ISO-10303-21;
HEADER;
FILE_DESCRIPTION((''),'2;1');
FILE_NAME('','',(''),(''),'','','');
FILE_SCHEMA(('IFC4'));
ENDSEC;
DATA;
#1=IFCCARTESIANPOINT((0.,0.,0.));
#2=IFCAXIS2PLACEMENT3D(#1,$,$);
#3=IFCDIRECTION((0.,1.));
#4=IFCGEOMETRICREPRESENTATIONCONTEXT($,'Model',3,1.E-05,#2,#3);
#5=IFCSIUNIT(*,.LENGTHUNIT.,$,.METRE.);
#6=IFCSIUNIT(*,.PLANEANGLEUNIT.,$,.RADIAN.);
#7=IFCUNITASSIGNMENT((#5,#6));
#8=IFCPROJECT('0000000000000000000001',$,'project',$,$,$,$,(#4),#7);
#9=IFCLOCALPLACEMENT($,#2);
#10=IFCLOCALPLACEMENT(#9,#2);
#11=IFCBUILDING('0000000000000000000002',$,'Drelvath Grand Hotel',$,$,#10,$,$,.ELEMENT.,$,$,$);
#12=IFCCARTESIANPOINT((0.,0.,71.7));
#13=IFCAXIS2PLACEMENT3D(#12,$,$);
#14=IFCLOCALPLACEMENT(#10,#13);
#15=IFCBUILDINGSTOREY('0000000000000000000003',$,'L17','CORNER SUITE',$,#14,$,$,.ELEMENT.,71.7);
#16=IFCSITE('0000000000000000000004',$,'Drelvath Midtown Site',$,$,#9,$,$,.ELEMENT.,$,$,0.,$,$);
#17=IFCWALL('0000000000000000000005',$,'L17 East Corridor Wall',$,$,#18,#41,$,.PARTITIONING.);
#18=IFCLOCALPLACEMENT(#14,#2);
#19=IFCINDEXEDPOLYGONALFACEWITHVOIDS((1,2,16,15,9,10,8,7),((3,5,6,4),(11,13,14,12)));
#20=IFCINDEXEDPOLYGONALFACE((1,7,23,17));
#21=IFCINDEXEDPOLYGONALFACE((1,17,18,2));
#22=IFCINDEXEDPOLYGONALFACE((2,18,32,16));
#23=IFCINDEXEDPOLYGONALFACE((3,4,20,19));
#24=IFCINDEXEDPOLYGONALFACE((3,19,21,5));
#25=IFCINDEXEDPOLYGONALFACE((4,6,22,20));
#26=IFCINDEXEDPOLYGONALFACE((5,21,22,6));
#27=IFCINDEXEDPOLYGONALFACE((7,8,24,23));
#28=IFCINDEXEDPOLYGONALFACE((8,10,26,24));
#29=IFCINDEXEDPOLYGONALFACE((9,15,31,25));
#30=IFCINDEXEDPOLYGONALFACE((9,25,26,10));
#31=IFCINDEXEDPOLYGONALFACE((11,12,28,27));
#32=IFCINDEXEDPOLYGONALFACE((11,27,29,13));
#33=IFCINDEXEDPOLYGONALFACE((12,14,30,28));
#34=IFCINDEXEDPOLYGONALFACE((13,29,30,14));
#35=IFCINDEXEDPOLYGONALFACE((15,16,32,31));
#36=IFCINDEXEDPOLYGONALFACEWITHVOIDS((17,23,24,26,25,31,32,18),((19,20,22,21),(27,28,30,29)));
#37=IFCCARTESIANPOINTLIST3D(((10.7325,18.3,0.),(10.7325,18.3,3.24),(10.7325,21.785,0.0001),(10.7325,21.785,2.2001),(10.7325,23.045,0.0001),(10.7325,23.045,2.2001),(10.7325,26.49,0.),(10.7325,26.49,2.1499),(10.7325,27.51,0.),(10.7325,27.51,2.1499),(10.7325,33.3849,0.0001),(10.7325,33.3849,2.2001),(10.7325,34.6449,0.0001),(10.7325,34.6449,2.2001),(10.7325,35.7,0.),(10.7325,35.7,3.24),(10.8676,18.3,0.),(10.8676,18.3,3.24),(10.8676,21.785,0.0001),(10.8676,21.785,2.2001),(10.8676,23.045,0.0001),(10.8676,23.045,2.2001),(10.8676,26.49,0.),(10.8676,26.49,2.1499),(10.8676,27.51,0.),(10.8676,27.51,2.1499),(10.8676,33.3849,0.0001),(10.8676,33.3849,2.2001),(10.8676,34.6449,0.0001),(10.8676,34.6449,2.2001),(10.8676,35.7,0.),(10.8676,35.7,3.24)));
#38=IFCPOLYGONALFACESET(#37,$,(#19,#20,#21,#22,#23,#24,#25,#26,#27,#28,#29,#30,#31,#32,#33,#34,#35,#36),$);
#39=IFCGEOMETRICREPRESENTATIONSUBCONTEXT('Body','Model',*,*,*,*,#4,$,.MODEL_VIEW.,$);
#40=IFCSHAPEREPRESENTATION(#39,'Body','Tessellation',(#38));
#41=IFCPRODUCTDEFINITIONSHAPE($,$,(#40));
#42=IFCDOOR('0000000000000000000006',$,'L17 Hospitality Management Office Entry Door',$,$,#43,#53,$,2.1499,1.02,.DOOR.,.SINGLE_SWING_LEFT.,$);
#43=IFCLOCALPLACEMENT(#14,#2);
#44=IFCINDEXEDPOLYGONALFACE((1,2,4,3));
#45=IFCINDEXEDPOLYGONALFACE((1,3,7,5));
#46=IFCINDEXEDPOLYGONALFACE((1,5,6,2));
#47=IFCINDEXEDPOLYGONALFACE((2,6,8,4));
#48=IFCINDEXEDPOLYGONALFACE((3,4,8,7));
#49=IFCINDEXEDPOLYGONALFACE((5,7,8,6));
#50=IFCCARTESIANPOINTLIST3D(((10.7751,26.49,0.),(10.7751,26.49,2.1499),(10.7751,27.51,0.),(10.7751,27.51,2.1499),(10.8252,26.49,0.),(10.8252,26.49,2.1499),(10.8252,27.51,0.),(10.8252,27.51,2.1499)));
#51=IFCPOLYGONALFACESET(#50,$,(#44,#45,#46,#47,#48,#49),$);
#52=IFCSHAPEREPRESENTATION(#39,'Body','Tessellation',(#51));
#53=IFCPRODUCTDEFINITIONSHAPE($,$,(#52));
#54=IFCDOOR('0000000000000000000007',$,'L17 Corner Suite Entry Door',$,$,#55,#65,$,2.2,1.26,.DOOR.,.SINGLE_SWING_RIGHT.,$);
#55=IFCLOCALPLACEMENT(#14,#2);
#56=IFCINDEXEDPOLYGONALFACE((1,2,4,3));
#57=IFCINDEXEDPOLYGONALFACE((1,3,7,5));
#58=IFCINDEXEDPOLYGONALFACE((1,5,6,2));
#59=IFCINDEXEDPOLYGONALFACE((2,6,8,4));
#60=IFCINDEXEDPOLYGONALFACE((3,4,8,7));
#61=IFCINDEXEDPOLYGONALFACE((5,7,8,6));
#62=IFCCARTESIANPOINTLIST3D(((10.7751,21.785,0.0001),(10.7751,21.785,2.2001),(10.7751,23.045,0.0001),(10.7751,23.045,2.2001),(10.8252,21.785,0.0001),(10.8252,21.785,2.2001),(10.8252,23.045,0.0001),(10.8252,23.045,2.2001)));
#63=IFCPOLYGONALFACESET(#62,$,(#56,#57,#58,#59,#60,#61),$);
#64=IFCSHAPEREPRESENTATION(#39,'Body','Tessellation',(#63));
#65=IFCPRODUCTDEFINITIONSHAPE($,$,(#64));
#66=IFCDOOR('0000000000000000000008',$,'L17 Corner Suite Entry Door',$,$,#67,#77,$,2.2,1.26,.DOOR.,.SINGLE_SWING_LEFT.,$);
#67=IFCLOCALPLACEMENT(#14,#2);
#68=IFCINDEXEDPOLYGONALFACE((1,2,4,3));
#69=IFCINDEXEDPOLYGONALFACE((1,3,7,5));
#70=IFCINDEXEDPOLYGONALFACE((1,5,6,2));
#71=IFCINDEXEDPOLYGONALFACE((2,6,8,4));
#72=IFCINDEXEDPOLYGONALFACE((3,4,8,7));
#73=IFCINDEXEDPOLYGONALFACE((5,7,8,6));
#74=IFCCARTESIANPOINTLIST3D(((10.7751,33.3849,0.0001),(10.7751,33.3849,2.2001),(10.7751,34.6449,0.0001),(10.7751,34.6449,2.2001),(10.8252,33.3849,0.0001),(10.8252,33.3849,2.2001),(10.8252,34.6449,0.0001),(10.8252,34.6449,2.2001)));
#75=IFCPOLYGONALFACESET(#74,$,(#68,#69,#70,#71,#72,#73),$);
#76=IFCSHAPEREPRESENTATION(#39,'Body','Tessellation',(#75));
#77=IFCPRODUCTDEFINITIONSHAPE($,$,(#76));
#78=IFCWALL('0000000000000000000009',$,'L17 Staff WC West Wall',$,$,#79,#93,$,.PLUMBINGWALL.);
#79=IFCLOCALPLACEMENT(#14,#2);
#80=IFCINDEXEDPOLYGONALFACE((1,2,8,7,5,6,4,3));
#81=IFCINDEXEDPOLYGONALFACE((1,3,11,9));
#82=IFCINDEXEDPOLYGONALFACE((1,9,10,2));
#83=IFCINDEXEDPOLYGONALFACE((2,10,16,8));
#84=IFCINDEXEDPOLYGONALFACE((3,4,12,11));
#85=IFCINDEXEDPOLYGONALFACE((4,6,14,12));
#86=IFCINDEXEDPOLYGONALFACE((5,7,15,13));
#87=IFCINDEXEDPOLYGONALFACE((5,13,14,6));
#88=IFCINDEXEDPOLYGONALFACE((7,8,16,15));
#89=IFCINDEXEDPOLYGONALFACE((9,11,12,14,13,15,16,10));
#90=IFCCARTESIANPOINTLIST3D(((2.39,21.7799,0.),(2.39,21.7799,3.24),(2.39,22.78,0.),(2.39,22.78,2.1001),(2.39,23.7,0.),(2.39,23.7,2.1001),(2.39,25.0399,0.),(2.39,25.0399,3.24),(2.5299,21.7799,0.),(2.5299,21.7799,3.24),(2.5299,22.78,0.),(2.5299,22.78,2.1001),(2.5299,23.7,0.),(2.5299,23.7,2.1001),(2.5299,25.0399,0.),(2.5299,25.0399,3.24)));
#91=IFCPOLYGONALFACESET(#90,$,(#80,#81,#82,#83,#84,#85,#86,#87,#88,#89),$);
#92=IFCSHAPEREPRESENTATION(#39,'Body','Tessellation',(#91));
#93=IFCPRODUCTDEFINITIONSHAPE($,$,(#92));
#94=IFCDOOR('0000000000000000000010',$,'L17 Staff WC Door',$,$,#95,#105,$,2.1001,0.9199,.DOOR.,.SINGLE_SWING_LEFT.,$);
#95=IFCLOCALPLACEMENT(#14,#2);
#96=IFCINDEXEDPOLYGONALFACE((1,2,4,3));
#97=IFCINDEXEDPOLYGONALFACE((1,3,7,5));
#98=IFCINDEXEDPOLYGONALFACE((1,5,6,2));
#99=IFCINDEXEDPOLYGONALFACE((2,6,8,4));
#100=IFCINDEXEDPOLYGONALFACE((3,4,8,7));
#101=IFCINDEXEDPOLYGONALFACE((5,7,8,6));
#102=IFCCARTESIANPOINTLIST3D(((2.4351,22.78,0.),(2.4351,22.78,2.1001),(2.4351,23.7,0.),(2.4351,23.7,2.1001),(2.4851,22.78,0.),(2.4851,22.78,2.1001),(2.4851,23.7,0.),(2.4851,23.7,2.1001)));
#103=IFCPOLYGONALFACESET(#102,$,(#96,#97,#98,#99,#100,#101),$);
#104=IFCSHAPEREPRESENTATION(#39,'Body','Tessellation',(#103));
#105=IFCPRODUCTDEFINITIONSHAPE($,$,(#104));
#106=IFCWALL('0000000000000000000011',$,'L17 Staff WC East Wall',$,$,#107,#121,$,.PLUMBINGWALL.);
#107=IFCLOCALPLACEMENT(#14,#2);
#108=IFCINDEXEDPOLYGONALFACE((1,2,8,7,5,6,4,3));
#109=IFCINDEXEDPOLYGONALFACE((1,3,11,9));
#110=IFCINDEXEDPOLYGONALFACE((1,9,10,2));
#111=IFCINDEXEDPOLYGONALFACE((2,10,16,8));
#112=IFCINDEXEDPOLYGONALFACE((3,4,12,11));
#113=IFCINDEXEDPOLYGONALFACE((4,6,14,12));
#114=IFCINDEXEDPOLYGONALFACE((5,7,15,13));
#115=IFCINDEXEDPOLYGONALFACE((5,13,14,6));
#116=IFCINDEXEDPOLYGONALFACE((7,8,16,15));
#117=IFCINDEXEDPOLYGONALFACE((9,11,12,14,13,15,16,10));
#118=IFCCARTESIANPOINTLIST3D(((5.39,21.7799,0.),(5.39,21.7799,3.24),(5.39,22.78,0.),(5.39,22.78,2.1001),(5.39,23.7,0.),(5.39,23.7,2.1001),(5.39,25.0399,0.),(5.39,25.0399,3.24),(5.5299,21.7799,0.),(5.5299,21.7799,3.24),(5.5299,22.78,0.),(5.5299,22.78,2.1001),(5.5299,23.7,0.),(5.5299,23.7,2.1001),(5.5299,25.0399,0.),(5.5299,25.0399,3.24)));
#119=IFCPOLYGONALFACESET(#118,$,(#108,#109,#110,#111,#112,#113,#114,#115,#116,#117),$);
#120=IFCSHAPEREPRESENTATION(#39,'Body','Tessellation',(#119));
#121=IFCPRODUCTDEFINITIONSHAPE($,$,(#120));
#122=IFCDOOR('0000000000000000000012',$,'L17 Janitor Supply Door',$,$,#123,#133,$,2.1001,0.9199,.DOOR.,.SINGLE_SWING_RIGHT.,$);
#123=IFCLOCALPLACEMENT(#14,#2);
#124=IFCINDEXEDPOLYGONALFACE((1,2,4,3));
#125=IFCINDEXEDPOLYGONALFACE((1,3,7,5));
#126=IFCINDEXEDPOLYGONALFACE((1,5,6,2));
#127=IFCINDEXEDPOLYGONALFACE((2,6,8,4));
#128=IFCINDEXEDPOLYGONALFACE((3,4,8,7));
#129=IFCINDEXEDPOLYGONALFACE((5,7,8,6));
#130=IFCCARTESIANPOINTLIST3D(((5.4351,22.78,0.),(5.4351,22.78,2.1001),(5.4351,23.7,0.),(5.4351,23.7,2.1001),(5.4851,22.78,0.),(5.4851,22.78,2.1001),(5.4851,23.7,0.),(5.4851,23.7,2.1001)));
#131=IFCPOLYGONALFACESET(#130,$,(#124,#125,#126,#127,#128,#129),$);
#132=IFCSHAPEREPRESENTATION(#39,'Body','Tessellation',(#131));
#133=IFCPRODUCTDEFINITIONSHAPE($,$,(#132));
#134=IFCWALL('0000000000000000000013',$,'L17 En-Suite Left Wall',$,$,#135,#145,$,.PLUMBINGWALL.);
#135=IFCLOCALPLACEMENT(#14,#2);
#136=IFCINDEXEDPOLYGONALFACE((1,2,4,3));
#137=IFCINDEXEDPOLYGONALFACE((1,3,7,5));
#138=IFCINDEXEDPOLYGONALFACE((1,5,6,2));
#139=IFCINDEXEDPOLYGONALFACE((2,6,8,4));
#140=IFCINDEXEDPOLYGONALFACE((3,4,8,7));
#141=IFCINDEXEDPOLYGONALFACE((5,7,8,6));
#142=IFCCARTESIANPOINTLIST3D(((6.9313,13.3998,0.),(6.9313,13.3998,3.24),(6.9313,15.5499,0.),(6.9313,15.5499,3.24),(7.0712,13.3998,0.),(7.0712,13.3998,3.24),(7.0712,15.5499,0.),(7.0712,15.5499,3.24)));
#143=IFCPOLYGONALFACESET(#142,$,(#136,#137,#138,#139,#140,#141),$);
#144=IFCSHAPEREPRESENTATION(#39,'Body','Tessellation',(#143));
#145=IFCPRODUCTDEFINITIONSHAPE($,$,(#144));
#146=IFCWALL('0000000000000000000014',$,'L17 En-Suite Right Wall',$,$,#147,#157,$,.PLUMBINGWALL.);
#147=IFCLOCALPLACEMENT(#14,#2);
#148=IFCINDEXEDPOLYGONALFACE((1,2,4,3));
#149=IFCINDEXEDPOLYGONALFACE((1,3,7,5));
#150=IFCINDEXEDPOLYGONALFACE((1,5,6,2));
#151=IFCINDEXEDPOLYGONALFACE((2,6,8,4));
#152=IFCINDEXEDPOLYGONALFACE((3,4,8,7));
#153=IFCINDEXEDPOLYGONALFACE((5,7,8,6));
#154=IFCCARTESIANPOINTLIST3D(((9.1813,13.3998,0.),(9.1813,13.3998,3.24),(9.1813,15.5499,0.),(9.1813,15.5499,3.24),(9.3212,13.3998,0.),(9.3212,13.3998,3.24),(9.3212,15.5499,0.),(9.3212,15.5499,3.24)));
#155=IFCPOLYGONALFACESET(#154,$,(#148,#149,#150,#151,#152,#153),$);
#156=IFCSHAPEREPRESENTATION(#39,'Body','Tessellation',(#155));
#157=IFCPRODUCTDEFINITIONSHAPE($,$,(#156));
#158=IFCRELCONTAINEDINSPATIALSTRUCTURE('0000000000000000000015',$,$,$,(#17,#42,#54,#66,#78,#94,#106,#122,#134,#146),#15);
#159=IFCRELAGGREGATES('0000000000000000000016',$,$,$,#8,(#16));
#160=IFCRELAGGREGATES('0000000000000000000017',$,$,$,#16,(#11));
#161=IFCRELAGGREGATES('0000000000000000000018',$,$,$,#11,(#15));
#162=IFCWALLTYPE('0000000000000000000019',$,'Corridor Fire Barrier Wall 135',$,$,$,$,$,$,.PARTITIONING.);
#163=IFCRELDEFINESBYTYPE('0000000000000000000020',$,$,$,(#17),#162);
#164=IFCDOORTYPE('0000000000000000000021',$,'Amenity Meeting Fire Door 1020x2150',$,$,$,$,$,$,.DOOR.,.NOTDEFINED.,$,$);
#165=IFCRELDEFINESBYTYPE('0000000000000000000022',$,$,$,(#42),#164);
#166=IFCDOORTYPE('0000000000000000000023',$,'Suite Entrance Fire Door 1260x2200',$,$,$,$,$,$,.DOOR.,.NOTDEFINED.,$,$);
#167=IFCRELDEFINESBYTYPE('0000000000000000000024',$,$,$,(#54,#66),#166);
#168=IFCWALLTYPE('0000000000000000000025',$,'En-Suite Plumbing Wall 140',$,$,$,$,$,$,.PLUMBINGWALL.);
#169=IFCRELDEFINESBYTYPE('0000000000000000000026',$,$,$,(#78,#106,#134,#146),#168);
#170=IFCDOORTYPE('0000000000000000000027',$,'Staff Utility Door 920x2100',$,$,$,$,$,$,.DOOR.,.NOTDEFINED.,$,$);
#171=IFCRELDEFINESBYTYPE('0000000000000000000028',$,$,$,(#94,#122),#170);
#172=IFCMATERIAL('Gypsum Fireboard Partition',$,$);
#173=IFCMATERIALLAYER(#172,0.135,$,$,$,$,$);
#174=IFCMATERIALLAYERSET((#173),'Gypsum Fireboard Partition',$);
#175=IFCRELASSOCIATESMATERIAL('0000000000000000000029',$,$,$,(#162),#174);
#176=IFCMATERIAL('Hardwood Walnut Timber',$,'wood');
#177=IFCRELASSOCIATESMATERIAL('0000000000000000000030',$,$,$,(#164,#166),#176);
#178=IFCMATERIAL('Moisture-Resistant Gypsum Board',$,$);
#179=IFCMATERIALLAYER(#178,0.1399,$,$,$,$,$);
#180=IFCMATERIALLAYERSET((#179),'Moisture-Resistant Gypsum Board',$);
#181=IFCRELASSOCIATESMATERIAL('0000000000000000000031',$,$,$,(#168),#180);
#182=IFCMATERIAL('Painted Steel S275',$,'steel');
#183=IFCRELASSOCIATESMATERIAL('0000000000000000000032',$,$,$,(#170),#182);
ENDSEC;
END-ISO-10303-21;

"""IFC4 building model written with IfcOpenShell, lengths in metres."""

from ifc_helpers import new_model, si_unit, direction, frame, frame_2d, origin, place, context, subcontext, project, spatial, rectangle, extrude, material, layer, layer_set, type_object, element, fill, save


model = new_model("IFC4")

# Units and contexts
model_context = context("Model", 3, precision=1e-05, world=origin(), true_north=direction((0.0, 1.0)))
body_context = subcontext(model_context, "Body", "Model", "MODEL_VIEW")
ifc_project = project(units=[si_unit("LENGTHUNIT", "METRE"), si_unit("PLANEANGLEUNIT", "RADIAN")], contexts=[model_context])

# Site, building, storey
site_placement = place(None, origin())
site = spatial("IfcSite", under=ifc_project, at=site_placement, Name="Drelvath Midtown Site", CompositionType="ELEMENT", RefElevation=0.0)
building_placement = place(site_placement, origin())
building = spatial("IfcBuilding", under=site, at=building_placement, Name="Drelvath Grand Hotel", CompositionType="ELEMENT")
storey_placement = place(building_placement, frame((0.0, 0.0, 71.7)))
storey = spatial("IfcBuildingStorey", under=building, at=storey_placement, Name="L17", Description="CORNER SUITE", CompositionType="ELEMENT", Elevation=71.7)

# Shared definitions
ifc_material_1 = material(Name="Gypsum Fireboard Partition")
ifc_layer_1 = layer(ifc_material_1, 0.135)
ifc_layer_set_1 = layer_set([ifc_layer_1], Name="Gypsum Fireboard Partition")
wall_type_1 = type_object("IfcWallType", Name="Corridor Fire Barrier Wall 135", PredefinedType="PARTITIONING", material=ifc_layer_set_1)

# Wall, openings, doors
wall_1_placement = place(storey_placement, frame((10.8, 18.3, 0.0), z_axis=(0.0, 0.0, 1.0), x_axis=(0.0, 1.0, 0.0)))
wall_1 = element("IfcWall", 1, at=wall_1_placement, inside=storey, type_object=wall_type_1, Name="L17 East Corridor Wall", PredefinedType="PARTITIONING", context=body_context, shape_type="SweptSolid", body=[
    extrude(rectangle(XDim=17.3999, YDim=0.135, at=frame_2d((8.7, 0.0))), origin(), (0.0, 0.0, 1.0), 3.24),
])
opening_1_placement = place(wall_1_placement, frame((3.4851, 0.0, 0.0)))
opening_1 = element("IfcOpeningElement", 2, at=opening_1_placement, cuts=wall_1, PredefinedType="OPENING", context=body_context, shape_type="SweptSolid", body=[
    extrude(rectangle(XDim=1.26, YDim=2.2, at=frame_2d((0.6299, 1.1001))), frame((0.0, 0.0774, 0.0), z_axis=(0.0, -1.0, 0.0), x_axis=(1.0, 0.0, 0.0)), (0.0, 0.0, 1.0), 0.155),
])
opening_2_placement = place(wall_1_placement, frame((8.1899, 0.0, 0.0)))
opening_2 = element("IfcOpeningElement", 3, at=opening_2_placement, cuts=wall_1, PredefinedType="OPENING", context=body_context, shape_type="SweptSolid", body=[
    extrude(rectangle(XDim=1.02, YDim=2.1499, at=frame_2d((0.51, 1.075))), frame((0.0, 0.0774, 0.0), z_axis=(0.0, -1.0, 0.0), x_axis=(1.0, 0.0, 0.0)), (0.0, 0.0, 1.0), 0.155),
])
opening_3_placement = place(wall_1_placement, frame((15.085, 0.0, 0.0)))
opening_3 = element("IfcOpeningElement", 4, at=opening_3_placement, cuts=wall_1, PredefinedType="OPENING", context=body_context, shape_type="SweptSolid", body=[
    extrude(rectangle(XDim=1.26, YDim=2.2, at=frame_2d((0.6299, 1.1001))), frame((0.0, 0.0774, 0.0), z_axis=(0.0, -1.0, 0.0), x_axis=(1.0, 0.0, 0.0)), (0.0, 0.0, 1.0), 0.155),
])
ifc_material_2 = material(Name="Hardwood Walnut Timber", Category="wood")
door_type_1 = type_object("IfcDoorType", Name="Amenity Meeting Fire Door 1020x2150", OperationType="NOTDEFINED", PredefinedType="DOOR", material=ifc_material_2)
door_1_placement = place(opening_2_placement, origin())
door_1 = element("IfcDoor", 5, at=door_1_placement, inside=storey, type_object=door_type_1, Name="L17 Hospitality Management Office Entry Door", OperationType="SINGLE_SWING_LEFT", OverallHeight=2.1499, OverallWidth=1.02, PredefinedType="DOOR", context=body_context, shape_type="SweptSolid", body=[
    extrude(rectangle(XDim=1.02, YDim=2.1499, at=frame_2d((0.51, 1.075))), frame((0.0, 0.0249, 0.0), z_axis=(0.0, -1.0, 0.0), x_axis=(1.0, 0.0, 0.0)), (0.0, 0.0, 1.0), 0.05),
])
fill(opening_2, door_1)
door_type_2 = type_object("IfcDoorType", Name="Suite Entrance Fire Door 1260x2200", OperationType="NOTDEFINED", PredefinedType="DOOR", material=ifc_material_2)
door_2_placement = place(opening_1_placement, origin())
door_2 = element("IfcDoor", 6, at=door_2_placement, inside=storey, type_object=door_type_2, Name="L17 Corner Suite Entry Door", OperationType="SINGLE_SWING_RIGHT", OverallHeight=2.2, OverallWidth=1.26, PredefinedType="DOOR", context=body_context, shape_type="SweptSolid", body=[
    extrude(rectangle(XDim=1.26, YDim=2.2, at=frame_2d((0.6299, 1.1001))), frame((0.0, 0.0249, 0.0), z_axis=(0.0, -1.0, 0.0), x_axis=(1.0, 0.0, 0.0)), (0.0, 0.0, 1.0), 0.05),
])
fill(opening_1, door_2)
door_3_placement = place(opening_3_placement, origin())
door_3 = element("IfcDoor", 7, at=door_3_placement, inside=storey, type_object=door_type_2, Name="L17 Corner Suite Entry Door", OperationType="SINGLE_SWING_LEFT", OverallHeight=2.2, OverallWidth=1.26, PredefinedType="DOOR", context=body_context, shape_type="SweptSolid", body=[
    extrude(rectangle(XDim=1.26, YDim=2.2, at=frame_2d((0.6299, 1.1001))), frame((0.0, 0.0249, 0.0), z_axis=(0.0, -1.0, 0.0), x_axis=(1.0, 0.0, 0.0)), (0.0, 0.0, 1.0), 0.05),
])
fill(opening_3, door_3)

# Walls, openings, doors
ifc_material_3 = material(Name="Moisture-Resistant Gypsum Board")
ifc_layer_2 = layer(ifc_material_3, 0.1399)
ifc_layer_set_2 = layer_set([ifc_layer_2], Name="Moisture-Resistant Gypsum Board")
wall_type_2 = type_object("IfcWallType", Name="En-Suite Plumbing Wall 140", PredefinedType="PLUMBINGWALL", material=ifc_layer_set_2)
wall_2_placement = place(storey_placement, frame((2.46, 21.78, 0.0), z_axis=(0.0, 0.0, 1.0), x_axis=(0.0, 1.0, 0.0)))
wall_2 = element("IfcWall", 8, at=wall_2_placement, inside=storey, type_object=wall_type_2, Name="L17 Staff WC West Wall", PredefinedType="PLUMBINGWALL", context=body_context, shape_type="SweptSolid", body=[
    extrude(rectangle(XDim=3.26, YDim=0.1399, at=frame_2d((1.6299, 0.0))), origin(), (0.0, 0.0, 1.0), 3.24),
])
opening_4_placement = place(wall_2_placement, frame((1.0, 0.0, 0.0)))
opening_4 = element("IfcOpeningElement", 9, at=opening_4_placement, cuts=wall_2, PredefinedType="OPENING", context=body_context, shape_type="SweptSolid", body=[
    extrude(rectangle(XDim=0.9199, YDim=2.1001, at=frame_2d((0.46, 1.05))), frame((0.0, 0.0798, 0.0), z_axis=(0.0, -1.0, 0.0), x_axis=(1.0, 0.0, 0.0)), (0.0, 0.0, 1.0), 0.1599),
])
ifc_material_4 = material(Name="Painted Steel S275", Category="steel")
door_type_3 = type_object("IfcDoorType", Name="Staff Utility Door 920x2100", OperationType="NOTDEFINED", PredefinedType="DOOR", material=ifc_material_4)
door_4_placement = place(opening_4_placement, origin())
door_4 = element("IfcDoor", 10, at=door_4_placement, inside=storey, type_object=door_type_3, Name="L17 Staff WC Door", OperationType="SINGLE_SWING_LEFT", OverallHeight=2.1001, OverallWidth=0.9199, PredefinedType="DOOR", context=body_context, shape_type="SweptSolid", body=[
    extrude(rectangle(XDim=0.9199, YDim=2.1001, at=frame_2d((0.46, 1.05))), frame((0.0, 0.0249, 0.0), z_axis=(0.0, -1.0, 0.0), x_axis=(1.0, 0.0, 0.0)), (0.0, 0.0, 1.0), 0.05),
])
fill(opening_4, door_4)
wall_3_placement = place(storey_placement, frame((5.46, 21.78, 0.0), z_axis=(0.0, 0.0, 1.0), x_axis=(0.0, 1.0, 0.0)))
wall_3 = element("IfcWall", 11, at=wall_3_placement, inside=storey, type_object=wall_type_2, Name="L17 Staff WC East Wall", PredefinedType="PLUMBINGWALL", context=body_context, shape_type="SweptSolid", body=[
    extrude(rectangle(XDim=3.26, YDim=0.1399, at=frame_2d((1.6299, 0.0))), origin(), (0.0, 0.0, 1.0), 3.24),
])
opening_5_placement = place(wall_3_placement, frame((1.0, 0.0, 0.0)))
opening_5 = element("IfcOpeningElement", 12, at=opening_5_placement, cuts=wall_3, PredefinedType="OPENING", context=body_context, shape_type="SweptSolid", body=[
    extrude(rectangle(XDim=0.9199, YDim=2.1001, at=frame_2d((0.46, 1.05))), frame((0.0, 0.0798, 0.0), z_axis=(0.0, -1.0, 0.0), x_axis=(1.0, 0.0, 0.0)), (0.0, 0.0, 1.0), 0.1599),
])
door_5_placement = place(opening_5_placement, origin())
door_5 = element("IfcDoor", 13, at=door_5_placement, inside=storey, type_object=door_type_3, Name="L17 Janitor Supply Door", OperationType="SINGLE_SWING_RIGHT", OverallHeight=2.1001, OverallWidth=0.9199, PredefinedType="DOOR", context=body_context, shape_type="SweptSolid", body=[
    extrude(rectangle(XDim=0.9199, YDim=2.1001, at=frame_2d((0.46, 1.05))), frame((0.0, 0.0249, 0.0), z_axis=(0.0, -1.0, 0.0), x_axis=(1.0, 0.0, 0.0)), (0.0, 0.0, 1.0), 0.05),
])
fill(opening_5, door_5)

# Walls
for number, where, z_axis, x_axis, name in (
    (14, (7.0012, 15.55, 0.0), (0.0, 0.0, 1.0), (0.0, -1.0, 0.0), "L17 En-Suite Left Wall"),
    (15, (9.2512, 15.55, 0.0), (0.0, 0.0, 1.0), (0.0, -1.0, 0.0), "L17 En-Suite Right Wall"),
):
    element("IfcWall", number, at=place(storey_placement, frame(where, z_axis=z_axis, x_axis=x_axis)), inside=storey, type_object=wall_type_2, Name=name, PredefinedType="PLUMBINGWALL", context=body_context, shape_type="SweptSolid", body=[
        extrude(rectangle(XDim=2.1501, YDim=0.1399, at=frame_2d((1.0752, 0.0))), origin(), (0.0, 0.0, 1.0), 3.24),
    ])

save(model, "model.ifc")
